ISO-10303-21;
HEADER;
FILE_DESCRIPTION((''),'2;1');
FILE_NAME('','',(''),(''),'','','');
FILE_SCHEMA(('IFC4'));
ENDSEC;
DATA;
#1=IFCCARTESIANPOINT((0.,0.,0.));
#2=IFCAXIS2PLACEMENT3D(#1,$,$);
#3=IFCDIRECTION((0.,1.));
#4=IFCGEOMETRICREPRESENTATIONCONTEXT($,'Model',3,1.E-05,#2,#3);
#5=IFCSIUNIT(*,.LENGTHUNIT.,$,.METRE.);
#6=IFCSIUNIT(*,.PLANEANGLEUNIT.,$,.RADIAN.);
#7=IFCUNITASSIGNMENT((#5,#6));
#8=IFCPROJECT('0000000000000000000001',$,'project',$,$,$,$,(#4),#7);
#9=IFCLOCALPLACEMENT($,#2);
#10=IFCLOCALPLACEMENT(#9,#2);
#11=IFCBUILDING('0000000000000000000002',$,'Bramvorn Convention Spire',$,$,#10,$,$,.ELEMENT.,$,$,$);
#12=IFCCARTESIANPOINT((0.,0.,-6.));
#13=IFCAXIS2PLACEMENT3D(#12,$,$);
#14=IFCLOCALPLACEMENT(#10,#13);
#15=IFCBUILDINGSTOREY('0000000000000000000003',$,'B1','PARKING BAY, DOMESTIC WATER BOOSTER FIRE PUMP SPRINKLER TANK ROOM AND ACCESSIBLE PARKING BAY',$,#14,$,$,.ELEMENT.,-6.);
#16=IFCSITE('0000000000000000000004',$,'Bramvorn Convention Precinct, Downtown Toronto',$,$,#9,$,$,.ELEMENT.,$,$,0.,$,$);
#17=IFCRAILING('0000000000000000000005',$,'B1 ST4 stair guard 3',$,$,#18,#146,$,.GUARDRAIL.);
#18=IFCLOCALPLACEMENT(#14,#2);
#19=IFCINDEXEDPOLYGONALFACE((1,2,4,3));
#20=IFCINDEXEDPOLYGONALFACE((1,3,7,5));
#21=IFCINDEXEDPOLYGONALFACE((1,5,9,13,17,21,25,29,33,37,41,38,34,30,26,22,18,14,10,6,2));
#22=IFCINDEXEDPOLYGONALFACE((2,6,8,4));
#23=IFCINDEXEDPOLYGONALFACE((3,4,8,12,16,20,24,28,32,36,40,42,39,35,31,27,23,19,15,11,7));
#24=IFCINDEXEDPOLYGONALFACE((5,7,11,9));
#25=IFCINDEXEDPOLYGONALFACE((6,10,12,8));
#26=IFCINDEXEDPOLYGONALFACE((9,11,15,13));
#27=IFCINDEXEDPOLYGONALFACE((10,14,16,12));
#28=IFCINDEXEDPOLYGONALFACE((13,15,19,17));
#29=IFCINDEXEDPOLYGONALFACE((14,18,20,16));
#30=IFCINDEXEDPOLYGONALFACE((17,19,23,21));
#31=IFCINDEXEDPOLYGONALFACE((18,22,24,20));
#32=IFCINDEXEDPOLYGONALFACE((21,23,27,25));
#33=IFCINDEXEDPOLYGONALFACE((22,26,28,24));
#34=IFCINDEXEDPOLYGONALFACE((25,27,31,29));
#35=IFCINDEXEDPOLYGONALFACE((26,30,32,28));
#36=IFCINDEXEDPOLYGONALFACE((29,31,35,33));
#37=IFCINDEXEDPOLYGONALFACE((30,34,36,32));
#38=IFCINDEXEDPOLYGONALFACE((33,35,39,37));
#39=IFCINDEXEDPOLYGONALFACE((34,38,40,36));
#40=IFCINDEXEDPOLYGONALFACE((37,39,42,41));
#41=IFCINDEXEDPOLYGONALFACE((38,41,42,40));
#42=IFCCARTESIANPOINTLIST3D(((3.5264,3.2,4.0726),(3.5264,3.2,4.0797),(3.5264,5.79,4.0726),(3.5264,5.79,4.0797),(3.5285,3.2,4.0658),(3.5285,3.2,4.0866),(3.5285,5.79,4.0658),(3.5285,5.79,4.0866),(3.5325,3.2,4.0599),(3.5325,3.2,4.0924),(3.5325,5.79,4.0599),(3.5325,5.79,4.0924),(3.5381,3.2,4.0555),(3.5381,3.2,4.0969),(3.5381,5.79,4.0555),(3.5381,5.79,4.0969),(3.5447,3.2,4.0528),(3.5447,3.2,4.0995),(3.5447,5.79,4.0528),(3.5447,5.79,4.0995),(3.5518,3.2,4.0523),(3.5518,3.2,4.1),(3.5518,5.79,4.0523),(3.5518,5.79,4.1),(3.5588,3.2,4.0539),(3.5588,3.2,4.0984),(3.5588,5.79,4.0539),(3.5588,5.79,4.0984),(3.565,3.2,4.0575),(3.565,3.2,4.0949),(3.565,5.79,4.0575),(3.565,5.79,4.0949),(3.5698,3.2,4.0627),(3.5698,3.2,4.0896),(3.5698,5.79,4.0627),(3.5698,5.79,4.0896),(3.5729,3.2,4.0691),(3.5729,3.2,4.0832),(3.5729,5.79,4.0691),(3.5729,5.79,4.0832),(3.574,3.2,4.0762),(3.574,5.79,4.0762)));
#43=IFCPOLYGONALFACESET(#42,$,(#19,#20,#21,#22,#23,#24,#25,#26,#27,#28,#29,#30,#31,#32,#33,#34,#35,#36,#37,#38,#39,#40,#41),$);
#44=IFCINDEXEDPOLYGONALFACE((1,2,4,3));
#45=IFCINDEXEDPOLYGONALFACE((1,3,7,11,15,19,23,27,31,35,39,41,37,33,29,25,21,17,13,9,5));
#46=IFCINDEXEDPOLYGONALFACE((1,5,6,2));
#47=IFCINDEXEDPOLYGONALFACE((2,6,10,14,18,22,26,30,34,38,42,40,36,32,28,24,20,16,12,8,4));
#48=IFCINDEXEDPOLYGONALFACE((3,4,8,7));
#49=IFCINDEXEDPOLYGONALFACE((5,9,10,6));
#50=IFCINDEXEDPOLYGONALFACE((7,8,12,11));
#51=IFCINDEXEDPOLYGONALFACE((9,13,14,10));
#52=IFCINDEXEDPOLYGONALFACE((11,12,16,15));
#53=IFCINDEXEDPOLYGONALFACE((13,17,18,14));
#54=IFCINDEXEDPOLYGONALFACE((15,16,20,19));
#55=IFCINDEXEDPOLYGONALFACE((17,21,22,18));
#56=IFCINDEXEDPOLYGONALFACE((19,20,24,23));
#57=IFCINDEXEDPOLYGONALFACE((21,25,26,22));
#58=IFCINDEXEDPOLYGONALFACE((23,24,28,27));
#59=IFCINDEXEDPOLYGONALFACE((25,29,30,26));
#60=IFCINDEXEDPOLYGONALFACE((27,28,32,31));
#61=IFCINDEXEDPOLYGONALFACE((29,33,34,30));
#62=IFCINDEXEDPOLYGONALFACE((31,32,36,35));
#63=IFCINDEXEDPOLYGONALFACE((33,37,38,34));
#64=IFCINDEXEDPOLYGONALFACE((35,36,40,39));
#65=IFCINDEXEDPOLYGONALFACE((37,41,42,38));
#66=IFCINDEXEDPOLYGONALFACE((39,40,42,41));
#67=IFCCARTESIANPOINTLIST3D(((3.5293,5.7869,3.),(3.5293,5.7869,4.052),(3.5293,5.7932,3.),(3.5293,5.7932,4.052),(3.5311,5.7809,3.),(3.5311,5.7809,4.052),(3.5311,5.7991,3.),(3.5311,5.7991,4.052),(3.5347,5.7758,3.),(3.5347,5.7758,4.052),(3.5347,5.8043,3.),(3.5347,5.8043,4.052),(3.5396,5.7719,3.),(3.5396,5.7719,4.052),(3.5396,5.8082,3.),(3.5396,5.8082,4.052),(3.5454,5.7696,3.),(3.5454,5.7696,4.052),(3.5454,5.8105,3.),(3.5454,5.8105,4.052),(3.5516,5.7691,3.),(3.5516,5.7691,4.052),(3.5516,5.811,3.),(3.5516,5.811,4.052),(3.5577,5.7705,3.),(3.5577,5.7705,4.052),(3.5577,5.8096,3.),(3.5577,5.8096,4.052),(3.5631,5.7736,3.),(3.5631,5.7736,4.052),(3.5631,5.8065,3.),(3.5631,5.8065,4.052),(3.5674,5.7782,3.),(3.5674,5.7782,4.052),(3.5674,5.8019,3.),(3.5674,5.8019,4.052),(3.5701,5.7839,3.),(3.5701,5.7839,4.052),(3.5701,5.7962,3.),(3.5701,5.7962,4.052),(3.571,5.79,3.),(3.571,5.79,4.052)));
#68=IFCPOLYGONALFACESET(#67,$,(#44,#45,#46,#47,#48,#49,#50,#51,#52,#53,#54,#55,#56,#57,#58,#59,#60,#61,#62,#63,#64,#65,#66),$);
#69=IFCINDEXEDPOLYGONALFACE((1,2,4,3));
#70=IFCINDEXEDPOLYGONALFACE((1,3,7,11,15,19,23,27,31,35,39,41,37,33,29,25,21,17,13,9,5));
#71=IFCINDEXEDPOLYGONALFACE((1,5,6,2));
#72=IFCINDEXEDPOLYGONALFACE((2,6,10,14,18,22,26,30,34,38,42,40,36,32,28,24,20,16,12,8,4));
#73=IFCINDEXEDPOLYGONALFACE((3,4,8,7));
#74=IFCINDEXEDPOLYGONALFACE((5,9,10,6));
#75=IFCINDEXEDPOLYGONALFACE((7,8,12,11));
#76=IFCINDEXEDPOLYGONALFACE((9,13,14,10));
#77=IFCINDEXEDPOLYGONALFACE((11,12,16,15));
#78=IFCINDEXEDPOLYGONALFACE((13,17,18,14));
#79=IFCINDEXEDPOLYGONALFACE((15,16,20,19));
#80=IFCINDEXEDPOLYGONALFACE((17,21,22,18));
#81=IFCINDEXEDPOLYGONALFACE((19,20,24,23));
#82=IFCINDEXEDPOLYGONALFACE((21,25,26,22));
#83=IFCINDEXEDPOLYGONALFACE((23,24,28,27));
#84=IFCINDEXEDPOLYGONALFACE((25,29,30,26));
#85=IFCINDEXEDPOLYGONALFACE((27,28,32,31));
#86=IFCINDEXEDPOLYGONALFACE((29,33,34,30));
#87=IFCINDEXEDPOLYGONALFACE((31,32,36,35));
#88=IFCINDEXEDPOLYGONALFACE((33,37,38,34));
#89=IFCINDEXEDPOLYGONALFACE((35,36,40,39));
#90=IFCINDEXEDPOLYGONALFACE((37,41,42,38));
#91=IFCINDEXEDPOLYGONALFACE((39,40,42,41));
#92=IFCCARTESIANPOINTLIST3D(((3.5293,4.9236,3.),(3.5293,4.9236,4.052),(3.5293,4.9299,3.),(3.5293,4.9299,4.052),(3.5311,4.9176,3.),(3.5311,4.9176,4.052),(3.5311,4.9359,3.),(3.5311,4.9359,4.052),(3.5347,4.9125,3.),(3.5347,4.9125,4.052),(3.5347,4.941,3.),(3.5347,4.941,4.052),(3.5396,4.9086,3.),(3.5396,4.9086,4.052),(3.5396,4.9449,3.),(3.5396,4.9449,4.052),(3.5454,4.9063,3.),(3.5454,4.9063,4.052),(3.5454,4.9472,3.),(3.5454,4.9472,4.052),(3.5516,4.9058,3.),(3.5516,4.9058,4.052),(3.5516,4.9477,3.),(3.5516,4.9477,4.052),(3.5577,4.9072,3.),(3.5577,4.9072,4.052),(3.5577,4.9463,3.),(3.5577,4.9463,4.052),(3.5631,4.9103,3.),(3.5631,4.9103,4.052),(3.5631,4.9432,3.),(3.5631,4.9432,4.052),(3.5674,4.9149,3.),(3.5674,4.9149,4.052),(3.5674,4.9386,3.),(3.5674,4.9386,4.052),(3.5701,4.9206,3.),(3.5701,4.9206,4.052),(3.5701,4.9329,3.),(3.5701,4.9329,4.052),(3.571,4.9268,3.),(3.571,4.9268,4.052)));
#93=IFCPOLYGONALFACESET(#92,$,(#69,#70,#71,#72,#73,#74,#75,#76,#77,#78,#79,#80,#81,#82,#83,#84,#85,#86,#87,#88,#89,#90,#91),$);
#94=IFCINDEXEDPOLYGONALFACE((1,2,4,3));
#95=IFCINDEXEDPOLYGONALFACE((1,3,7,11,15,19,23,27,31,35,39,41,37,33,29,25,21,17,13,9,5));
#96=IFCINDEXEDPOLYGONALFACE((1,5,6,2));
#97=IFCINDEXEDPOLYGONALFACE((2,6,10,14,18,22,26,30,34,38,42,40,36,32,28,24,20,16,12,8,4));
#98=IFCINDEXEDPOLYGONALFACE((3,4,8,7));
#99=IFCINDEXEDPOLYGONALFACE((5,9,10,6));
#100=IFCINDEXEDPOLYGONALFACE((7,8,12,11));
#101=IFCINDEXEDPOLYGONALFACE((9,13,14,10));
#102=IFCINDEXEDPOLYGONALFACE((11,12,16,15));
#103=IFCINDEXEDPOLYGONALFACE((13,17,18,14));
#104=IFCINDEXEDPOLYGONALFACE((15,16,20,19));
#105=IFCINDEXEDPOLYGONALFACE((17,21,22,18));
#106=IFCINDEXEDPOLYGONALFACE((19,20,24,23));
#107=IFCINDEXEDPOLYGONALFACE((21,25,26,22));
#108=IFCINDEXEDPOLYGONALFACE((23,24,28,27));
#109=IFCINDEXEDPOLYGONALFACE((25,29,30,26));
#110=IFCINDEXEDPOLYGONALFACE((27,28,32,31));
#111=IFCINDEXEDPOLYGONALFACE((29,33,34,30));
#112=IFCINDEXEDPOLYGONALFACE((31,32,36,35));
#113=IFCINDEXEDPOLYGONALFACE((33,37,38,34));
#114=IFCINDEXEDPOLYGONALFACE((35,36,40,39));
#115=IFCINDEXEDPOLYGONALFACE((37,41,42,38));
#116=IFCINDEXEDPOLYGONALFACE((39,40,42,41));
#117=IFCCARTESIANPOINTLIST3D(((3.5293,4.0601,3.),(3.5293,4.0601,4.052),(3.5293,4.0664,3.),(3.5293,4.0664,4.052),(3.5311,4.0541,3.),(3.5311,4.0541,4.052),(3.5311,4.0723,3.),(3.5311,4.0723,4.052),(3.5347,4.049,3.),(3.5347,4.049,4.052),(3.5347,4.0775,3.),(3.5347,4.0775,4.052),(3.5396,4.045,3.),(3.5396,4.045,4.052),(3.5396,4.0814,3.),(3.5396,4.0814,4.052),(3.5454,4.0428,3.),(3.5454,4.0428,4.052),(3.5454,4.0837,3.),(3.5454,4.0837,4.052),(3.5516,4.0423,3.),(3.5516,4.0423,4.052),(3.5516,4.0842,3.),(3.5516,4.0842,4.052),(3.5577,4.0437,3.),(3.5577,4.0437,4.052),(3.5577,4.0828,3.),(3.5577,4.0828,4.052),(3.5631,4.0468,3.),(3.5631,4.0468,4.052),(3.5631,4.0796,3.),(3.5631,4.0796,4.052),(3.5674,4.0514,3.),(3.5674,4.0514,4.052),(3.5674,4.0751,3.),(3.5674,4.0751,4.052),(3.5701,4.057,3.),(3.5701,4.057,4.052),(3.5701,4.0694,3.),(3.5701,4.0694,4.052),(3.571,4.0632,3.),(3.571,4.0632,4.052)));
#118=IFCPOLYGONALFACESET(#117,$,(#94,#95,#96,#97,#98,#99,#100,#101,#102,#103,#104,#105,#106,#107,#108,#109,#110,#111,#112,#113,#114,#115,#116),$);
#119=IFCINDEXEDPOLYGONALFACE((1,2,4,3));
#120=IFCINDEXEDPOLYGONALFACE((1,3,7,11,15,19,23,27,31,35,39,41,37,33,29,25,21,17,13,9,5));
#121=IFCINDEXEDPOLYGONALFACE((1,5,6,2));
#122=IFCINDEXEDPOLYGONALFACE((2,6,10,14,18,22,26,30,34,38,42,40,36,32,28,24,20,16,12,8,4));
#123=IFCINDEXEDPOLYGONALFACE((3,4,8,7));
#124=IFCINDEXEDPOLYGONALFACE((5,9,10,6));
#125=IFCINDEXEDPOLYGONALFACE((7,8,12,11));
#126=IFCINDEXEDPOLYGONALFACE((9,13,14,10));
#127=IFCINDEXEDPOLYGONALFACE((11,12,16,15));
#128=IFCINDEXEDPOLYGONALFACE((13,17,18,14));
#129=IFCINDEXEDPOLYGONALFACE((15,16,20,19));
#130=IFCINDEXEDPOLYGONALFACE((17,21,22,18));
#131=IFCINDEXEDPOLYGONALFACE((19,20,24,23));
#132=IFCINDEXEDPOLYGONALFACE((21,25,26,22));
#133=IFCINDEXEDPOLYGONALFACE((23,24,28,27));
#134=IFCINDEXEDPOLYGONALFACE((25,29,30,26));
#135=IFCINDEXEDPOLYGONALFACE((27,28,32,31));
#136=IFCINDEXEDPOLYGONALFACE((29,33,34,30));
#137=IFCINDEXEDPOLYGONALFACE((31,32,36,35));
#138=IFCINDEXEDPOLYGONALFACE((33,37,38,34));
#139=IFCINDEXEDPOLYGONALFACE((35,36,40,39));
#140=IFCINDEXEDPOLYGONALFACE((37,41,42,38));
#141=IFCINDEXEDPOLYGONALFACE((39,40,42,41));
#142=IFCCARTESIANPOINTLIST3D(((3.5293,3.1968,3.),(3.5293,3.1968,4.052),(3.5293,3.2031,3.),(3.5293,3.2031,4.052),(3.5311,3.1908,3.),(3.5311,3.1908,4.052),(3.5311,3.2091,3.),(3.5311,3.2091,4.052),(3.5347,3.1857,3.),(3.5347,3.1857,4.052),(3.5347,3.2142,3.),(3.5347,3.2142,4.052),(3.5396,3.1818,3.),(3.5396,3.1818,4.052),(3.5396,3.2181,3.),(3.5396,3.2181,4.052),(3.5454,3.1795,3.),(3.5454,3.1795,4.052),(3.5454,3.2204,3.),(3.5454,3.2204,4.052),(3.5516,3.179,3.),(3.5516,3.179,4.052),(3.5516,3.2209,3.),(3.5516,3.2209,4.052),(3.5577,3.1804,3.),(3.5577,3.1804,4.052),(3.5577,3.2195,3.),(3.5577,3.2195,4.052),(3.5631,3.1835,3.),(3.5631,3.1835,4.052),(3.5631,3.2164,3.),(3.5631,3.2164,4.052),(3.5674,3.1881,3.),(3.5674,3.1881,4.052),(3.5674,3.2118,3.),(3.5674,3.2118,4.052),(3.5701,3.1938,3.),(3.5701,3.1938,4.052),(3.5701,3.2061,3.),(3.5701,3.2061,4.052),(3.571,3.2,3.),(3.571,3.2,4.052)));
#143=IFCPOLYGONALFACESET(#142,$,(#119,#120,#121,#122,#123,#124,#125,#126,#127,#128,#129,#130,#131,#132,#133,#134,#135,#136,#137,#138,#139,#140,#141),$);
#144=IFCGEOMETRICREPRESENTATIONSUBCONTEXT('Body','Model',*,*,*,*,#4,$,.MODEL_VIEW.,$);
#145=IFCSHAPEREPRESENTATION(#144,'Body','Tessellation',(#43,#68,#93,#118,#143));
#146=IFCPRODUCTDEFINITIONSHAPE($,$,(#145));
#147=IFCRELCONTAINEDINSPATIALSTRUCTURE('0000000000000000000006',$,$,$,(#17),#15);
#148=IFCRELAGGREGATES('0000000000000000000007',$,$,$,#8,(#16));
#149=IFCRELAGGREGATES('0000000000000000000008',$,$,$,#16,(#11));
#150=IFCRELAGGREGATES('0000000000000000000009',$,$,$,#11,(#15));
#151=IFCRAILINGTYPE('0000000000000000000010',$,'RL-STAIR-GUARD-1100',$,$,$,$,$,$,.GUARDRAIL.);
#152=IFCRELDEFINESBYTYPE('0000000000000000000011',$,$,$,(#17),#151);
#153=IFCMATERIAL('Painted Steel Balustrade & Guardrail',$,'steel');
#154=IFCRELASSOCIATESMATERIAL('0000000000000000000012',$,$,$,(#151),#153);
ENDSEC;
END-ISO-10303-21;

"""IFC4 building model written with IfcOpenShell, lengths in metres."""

from ifc_helpers import new_model, si_unit, direction, frame, origin, origin_2d, place, context, subcontext, project, spatial, circle, extrude, material, type_object, element, save


model = new_model("IFC4")

# Units and contexts
model_context = context("Model", 3, precision=1e-05, world=origin(), true_north=direction((0.0, 1.0)))
body_context = subcontext(model_context, "Body", "Model", "MODEL_VIEW")
ifc_project = project(units=[si_unit("LENGTHUNIT", "METRE"), si_unit("PLANEANGLEUNIT", "RADIAN")], contexts=[model_context])

# Site, building, storey
site_placement = place(None, origin())
site = spatial("IfcSite", under=ifc_project, at=site_placement, Name="Bramvorn Convention Precinct, Downtown Toronto", CompositionType="ELEMENT", RefElevation=0.0)
building_placement = place(site_placement, origin())
building = spatial("IfcBuilding", under=site, at=building_placement, Name="Bramvorn Convention Spire", CompositionType="ELEMENT")
storey_placement = place(building_placement, frame((0.0, 0.0, -6.0)))
storey = spatial("IfcBuildingStorey", under=building, at=storey_placement, Name="B1", Description="PARKING BAY, DOMESTIC WATER BOOSTER FIRE PUMP SPRINKLER TANK ROOM AND ACCESSIBLE PARKING BAY", CompositionType="ELEMENT", Elevation=-6.0)

# Railing
ifc_material_1 = material(Name="Painted Steel Balustrade & Guardrail", Category="steel")
railing_type_1 = type_object("IfcRailingType", Name="RL-STAIR-GUARD-1100", PredefinedType="GUARDRAIL", material=ifc_material_1)
railing_1_placement = place(storey_placement, frame((3.55, 5.79, 3.0)))
element("IfcRailing", 1, at=railing_1_placement, inside=storey, type_object=railing_type_1, Name="B1 ST4 stair guard 3", PredefinedType="GUARDRAIL", context=body_context, shape_type="SweptSolid", body=[
    extrude(circle(Radius=0.0239, at=origin_2d()), frame((0.0, 0.0, 1.0762), z_axis=(0.0, -1.0, 0.0), x_axis=(1.0, 0.0, 0.0)), (0.0, 0.0, 1.0), 2.5901),
    extrude(circle(Radius=0.021, at=origin_2d()), origin(), (0.0, 0.0, 1.0), 1.052),
    extrude(circle(Radius=0.021, at=origin_2d()), frame((0.0, -0.8633, 0.0)), (0.0, 0.0, 1.0), 1.052),
    extrude(circle(Radius=0.021, at=origin_2d()), frame((0.0, -1.7268, 0.0)), (0.0, 0.0, 1.0), 1.052),
    extrude(circle(Radius=0.021, at=origin_2d()), frame((0.0, -2.5901, 0.0)), (0.0, 0.0, 1.0), 1.052),
])

save(model, "model.ifc")
